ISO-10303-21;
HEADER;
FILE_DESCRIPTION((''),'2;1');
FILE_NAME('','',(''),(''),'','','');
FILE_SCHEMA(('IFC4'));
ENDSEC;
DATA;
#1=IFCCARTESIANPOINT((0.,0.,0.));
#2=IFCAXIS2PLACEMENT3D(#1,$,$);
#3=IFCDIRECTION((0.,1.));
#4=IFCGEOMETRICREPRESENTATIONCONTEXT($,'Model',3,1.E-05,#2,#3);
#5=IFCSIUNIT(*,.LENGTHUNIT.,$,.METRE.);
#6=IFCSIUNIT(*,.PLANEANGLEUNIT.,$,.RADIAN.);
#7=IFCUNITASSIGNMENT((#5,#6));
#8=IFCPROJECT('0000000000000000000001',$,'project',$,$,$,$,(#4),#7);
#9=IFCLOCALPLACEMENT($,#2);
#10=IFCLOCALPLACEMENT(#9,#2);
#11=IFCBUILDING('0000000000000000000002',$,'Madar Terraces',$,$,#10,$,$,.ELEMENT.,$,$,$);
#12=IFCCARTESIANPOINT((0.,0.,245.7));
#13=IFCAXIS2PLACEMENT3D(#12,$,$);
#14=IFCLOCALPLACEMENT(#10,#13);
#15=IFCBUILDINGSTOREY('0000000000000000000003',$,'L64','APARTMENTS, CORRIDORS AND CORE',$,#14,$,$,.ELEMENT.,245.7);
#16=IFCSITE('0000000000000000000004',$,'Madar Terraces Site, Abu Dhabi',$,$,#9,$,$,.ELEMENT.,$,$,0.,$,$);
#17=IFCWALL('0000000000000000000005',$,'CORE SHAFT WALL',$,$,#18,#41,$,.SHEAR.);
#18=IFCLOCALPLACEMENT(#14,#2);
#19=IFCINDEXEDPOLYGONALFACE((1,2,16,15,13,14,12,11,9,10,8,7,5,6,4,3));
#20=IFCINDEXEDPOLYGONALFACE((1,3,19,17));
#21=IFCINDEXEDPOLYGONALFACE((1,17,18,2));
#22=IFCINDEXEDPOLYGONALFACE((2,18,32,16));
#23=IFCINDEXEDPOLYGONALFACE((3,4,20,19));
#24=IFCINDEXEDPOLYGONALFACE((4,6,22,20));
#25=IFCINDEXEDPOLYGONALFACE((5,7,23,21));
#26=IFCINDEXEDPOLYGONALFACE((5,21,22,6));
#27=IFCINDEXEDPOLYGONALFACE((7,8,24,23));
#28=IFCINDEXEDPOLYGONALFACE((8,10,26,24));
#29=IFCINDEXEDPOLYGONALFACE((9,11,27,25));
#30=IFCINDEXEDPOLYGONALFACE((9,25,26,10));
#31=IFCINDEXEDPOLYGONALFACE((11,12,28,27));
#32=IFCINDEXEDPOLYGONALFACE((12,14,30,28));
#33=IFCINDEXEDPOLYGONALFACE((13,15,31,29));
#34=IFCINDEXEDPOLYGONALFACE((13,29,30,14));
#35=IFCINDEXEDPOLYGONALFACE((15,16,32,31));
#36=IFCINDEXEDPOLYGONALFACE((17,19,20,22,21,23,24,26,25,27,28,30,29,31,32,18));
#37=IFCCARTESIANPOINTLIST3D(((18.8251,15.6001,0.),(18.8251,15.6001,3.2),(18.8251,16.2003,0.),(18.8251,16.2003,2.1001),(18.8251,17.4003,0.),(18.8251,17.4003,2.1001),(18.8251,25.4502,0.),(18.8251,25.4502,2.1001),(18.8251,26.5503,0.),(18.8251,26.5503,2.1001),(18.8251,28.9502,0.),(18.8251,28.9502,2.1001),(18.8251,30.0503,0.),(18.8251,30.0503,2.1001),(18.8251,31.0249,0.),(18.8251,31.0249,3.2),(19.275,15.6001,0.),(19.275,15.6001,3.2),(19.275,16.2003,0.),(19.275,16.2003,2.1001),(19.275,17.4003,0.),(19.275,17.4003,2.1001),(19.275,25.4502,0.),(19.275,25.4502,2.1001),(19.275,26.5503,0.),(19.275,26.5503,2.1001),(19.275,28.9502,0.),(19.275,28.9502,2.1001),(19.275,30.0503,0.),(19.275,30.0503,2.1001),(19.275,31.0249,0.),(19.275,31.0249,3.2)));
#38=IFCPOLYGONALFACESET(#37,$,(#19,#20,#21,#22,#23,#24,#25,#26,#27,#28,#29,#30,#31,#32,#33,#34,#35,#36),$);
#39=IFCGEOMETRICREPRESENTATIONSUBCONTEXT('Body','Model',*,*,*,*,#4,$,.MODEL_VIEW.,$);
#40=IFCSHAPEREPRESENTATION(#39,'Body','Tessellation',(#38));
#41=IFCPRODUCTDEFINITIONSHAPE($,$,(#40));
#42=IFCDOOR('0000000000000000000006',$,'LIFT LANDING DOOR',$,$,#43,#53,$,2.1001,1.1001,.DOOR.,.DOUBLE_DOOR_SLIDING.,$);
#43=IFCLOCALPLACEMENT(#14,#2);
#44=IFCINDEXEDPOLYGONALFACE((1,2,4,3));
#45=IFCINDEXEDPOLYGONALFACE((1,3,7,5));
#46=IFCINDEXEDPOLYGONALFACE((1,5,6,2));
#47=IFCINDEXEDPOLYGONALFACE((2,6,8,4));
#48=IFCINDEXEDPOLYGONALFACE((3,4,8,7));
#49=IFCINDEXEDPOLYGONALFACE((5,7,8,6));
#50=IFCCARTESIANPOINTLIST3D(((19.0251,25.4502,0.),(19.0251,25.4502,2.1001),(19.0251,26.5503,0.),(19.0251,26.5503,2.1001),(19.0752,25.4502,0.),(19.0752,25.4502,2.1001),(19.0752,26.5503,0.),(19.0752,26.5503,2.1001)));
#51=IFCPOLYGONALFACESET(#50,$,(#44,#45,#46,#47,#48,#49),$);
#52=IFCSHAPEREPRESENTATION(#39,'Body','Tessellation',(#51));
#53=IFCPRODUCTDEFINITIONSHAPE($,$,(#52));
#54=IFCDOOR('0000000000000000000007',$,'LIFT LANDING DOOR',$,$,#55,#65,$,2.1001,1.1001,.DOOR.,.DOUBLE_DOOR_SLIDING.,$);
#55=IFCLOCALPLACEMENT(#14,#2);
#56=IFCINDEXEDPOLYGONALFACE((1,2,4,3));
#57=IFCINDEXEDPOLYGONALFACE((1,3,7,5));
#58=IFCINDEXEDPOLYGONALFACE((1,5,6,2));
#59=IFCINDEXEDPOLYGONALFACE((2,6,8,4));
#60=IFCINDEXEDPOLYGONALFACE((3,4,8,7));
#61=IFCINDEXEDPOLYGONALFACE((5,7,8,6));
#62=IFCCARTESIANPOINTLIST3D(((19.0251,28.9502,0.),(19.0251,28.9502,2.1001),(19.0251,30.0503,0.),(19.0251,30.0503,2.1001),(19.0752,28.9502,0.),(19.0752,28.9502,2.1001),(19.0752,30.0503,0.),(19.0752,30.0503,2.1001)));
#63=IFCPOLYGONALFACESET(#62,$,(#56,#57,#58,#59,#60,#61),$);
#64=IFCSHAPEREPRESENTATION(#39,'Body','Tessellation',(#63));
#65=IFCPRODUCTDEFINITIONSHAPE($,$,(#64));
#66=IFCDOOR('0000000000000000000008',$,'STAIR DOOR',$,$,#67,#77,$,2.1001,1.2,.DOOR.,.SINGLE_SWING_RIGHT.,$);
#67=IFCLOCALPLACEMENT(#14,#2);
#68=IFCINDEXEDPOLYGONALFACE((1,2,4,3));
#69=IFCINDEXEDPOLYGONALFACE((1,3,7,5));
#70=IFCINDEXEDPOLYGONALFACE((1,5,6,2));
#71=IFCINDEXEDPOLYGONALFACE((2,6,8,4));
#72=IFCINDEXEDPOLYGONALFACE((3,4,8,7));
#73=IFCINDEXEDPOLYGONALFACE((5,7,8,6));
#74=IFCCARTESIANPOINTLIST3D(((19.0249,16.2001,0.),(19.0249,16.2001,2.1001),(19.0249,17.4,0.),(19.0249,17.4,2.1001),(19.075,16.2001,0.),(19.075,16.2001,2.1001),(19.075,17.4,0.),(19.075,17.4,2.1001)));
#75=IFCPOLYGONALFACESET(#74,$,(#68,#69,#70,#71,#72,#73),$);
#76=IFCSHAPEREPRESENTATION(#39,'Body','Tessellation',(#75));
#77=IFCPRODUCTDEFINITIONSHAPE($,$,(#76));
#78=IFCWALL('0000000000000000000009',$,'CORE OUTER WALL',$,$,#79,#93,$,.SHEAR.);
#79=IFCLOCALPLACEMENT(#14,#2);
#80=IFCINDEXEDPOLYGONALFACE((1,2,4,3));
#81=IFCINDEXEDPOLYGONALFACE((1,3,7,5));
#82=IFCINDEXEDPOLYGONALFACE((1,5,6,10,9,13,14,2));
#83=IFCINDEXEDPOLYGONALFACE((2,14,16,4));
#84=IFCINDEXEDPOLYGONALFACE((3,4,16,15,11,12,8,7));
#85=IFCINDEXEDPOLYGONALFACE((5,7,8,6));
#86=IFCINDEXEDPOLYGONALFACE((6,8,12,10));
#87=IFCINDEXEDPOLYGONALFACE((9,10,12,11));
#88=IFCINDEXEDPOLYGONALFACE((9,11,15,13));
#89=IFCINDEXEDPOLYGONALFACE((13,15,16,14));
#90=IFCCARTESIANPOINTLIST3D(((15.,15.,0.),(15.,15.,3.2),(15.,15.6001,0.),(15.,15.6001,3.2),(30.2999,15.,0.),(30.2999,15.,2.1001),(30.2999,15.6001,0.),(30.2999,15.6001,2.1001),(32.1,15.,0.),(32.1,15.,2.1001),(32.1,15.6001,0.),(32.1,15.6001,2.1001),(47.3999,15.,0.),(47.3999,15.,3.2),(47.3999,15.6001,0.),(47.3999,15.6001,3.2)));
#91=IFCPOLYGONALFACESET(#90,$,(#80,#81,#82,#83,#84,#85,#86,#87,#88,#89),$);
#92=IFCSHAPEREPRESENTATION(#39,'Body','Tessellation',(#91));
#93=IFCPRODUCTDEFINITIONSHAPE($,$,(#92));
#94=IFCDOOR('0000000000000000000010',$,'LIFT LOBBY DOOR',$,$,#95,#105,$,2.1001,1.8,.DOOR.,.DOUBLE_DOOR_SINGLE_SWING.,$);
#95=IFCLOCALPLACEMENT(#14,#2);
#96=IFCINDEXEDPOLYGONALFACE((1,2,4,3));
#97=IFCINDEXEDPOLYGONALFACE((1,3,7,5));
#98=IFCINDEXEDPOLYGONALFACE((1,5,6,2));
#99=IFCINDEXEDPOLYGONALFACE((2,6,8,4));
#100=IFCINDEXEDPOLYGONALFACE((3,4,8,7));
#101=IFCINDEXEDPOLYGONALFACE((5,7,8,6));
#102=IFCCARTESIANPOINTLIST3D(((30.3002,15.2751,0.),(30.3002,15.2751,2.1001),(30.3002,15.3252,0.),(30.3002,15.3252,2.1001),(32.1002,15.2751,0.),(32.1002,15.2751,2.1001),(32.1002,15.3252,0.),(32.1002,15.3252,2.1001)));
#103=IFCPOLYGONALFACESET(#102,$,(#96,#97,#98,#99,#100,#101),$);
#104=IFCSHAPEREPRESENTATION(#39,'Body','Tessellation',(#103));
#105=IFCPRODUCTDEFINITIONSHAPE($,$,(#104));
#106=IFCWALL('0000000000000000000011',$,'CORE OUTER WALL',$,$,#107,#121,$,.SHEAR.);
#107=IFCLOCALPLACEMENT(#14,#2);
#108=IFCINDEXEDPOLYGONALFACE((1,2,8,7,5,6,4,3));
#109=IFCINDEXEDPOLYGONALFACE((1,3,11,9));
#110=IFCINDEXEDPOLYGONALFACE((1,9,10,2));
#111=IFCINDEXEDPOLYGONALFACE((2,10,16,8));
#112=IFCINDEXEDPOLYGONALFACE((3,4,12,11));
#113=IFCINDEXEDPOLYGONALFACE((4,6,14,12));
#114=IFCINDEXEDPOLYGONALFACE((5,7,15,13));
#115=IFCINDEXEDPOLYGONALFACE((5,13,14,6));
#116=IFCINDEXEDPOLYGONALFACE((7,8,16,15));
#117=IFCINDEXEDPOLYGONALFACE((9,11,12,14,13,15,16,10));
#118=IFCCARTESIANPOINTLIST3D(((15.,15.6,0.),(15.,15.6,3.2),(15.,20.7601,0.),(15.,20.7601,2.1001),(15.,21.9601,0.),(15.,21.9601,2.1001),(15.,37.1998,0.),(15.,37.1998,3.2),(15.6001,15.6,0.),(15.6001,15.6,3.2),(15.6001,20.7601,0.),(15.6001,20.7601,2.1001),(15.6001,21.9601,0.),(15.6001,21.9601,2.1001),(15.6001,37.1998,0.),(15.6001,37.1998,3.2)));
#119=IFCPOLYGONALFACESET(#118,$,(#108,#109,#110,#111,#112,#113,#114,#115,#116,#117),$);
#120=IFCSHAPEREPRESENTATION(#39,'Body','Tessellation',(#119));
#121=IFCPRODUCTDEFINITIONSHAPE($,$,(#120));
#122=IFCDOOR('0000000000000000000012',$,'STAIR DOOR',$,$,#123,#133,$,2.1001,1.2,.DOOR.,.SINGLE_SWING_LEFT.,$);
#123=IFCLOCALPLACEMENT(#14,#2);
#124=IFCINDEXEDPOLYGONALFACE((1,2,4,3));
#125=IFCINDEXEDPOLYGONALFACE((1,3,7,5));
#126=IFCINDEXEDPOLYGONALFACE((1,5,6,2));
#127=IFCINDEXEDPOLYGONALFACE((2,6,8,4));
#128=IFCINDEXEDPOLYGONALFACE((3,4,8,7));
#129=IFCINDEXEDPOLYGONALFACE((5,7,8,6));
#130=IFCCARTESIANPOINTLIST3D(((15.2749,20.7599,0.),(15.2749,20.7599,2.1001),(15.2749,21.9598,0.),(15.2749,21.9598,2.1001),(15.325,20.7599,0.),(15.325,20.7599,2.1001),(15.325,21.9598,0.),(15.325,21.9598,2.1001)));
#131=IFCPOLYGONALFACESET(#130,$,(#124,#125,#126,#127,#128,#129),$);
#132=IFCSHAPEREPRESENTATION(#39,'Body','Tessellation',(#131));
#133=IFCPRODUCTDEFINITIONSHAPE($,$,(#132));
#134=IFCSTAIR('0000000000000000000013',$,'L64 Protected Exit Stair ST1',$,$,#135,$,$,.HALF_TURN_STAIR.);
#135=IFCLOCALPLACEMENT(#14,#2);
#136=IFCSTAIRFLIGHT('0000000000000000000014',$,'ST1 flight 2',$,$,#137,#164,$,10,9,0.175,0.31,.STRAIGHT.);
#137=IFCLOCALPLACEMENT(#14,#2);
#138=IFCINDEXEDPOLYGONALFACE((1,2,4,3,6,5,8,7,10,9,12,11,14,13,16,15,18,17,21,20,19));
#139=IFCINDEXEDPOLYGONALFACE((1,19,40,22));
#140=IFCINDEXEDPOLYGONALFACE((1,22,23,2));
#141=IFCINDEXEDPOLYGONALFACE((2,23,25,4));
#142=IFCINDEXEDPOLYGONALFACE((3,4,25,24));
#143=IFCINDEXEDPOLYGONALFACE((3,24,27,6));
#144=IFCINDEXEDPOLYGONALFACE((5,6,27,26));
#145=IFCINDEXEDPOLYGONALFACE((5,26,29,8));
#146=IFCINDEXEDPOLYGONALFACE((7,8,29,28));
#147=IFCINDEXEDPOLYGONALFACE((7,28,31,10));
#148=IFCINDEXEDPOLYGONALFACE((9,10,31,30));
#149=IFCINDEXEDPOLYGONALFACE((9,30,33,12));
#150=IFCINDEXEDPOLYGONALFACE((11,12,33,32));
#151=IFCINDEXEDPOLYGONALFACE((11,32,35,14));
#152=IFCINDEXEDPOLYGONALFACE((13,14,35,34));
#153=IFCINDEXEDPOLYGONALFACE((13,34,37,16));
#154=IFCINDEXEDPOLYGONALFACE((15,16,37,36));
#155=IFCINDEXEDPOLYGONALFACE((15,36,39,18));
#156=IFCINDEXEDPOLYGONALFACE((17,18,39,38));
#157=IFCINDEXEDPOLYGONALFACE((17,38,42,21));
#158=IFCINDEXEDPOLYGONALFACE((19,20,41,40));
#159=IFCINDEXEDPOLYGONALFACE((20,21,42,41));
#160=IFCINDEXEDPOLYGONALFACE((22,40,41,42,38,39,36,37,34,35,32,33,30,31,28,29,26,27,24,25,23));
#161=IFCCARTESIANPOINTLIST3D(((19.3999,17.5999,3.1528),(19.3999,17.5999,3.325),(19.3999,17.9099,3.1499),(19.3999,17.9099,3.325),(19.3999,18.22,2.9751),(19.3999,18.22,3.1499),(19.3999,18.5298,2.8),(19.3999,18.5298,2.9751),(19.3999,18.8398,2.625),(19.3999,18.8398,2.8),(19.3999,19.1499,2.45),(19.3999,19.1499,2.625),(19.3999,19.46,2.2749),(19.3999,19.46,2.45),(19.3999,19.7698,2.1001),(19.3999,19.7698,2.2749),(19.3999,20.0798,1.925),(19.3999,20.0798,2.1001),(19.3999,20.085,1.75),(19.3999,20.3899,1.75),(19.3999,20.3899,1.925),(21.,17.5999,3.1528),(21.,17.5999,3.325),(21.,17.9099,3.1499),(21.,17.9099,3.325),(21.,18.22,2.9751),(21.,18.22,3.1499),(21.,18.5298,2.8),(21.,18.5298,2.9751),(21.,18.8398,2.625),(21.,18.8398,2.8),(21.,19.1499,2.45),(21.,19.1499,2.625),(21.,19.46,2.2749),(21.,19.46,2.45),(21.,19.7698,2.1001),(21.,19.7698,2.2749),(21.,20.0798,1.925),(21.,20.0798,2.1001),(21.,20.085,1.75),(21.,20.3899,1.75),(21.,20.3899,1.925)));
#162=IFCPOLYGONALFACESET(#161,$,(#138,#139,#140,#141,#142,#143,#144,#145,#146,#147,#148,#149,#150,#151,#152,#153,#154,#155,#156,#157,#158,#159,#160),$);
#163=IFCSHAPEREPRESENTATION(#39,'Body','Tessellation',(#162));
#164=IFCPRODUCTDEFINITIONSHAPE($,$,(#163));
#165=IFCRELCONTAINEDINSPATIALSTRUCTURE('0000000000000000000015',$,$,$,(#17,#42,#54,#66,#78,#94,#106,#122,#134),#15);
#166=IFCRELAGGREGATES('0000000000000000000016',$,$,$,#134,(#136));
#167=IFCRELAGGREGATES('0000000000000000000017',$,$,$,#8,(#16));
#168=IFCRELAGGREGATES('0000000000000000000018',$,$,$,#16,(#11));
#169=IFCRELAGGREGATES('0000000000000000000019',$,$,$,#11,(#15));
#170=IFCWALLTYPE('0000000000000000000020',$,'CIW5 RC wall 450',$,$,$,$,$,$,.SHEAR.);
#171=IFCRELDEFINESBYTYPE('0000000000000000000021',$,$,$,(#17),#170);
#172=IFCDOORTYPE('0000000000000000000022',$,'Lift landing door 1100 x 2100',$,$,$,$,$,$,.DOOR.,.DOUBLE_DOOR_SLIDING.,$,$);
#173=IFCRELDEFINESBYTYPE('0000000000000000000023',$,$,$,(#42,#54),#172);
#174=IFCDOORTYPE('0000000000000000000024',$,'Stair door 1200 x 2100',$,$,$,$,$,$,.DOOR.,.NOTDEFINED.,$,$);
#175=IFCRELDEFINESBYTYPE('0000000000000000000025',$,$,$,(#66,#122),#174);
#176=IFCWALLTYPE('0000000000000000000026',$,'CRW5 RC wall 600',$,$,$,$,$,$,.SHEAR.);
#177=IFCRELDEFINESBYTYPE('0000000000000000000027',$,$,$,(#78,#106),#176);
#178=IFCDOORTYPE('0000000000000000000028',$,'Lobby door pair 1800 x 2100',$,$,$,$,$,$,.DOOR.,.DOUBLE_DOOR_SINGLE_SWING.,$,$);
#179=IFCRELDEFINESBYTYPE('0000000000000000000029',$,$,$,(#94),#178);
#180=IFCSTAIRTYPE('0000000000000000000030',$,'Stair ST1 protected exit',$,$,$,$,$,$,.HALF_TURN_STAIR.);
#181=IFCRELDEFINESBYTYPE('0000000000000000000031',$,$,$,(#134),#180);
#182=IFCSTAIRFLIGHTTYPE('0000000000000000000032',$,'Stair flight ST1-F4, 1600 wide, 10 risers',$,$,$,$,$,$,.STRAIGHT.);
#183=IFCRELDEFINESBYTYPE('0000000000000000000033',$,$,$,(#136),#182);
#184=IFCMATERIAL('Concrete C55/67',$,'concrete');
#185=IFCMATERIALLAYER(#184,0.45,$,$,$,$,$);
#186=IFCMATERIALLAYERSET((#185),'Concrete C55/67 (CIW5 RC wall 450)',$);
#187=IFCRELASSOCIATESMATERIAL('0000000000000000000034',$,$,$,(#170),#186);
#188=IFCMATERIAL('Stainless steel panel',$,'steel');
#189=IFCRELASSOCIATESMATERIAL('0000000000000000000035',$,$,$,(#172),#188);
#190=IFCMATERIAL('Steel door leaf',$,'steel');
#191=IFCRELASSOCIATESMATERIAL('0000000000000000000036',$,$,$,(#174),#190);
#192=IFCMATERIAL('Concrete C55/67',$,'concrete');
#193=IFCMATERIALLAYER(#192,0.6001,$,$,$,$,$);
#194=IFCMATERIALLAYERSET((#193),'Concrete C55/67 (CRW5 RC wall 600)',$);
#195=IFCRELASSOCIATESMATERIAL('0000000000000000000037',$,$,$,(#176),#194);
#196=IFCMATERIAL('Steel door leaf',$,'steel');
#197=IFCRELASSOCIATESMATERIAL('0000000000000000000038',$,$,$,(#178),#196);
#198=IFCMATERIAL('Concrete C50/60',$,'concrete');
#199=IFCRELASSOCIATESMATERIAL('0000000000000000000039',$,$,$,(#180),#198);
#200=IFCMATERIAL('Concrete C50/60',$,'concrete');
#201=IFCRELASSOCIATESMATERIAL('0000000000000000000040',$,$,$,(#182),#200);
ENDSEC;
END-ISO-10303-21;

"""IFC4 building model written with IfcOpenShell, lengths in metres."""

from ifc_helpers import new_model, si_unit, direction, frame, frame_2d, origin, place, context, subcontext, project, spatial, polyline, rectangle, outline, extrude, material, layer, layer_set, type_object, element, fill, aggregate, save


model = new_model("IFC4")

# Units and contexts
model_context = context("Model", 3, precision=1e-05, world=origin(), true_north=direction((0.0, 1.0)))
body_context = subcontext(model_context, "Body", "Model", "MODEL_VIEW")
ifc_project = project(units=[si_unit("LENGTHUNIT", "METRE"), si_unit("PLANEANGLEUNIT", "RADIAN")], contexts=[model_context])

# Site, building, storey
site_placement = place(None, origin())
site = spatial("IfcSite", under=ifc_project, at=site_placement, Name="Madar Terraces Site, Abu Dhabi", CompositionType="ELEMENT", RefElevation=0.0)
building_placement = place(site_placement, origin())
building = spatial("IfcBuilding", under=site, at=building_placement, Name="Madar Terraces", CompositionType="ELEMENT")
storey_placement = place(building_placement, frame((0.0, 0.0, 245.7)))
storey = spatial("IfcBuildingStorey", under=building, at=storey_placement, Name="L64", Description="APARTMENTS, CORRIDORS AND CORE", CompositionType="ELEMENT", Elevation=245.7)

# Wall, openings, doors
ifc_material_1 = material(Name="Concrete C55/67", Category="concrete")
ifc_layer_1 = layer(ifc_material_1, 0.45)
ifc_layer_set_1 = layer_set([ifc_layer_1], Name="Concrete C55/67 (CIW5 RC wall 450)")
wall_type_1 = type_object("IfcWallType", Name="CIW5 RC wall 450", PredefinedType="SHEAR", material=ifc_layer_set_1)
wall_1_placement = place(storey_placement, frame((19.05, 15.6001, 0.0), z_axis=(0.0, 0.0, 1.0), x_axis=(0.0, 1.0, 0.0)))
wall_1 = element("IfcWall", 1, at=wall_1_placement, inside=storey, type_object=wall_type_1, Name="CORE SHAFT WALL", PredefinedType="SHEAR", context=body_context, shape_type="SweptSolid", body=[
    extrude(rectangle(XDim=15.4248, YDim=0.45, at=frame_2d((7.7124, 0.0))), origin(), (0.0, 0.0, 1.0), 3.2),
])
opening_1_placement = place(wall_1_placement, frame((9.8501, 0.0, 0.0)))
opening_1 = element("IfcOpeningElement", 2, at=opening_1_placement, cuts=wall_1, PredefinedType="OPENING", context=body_context, shape_type="SweptSolid", body=[
    extrude(rectangle(XDim=1.1001, YDim=2.1001, at=frame_2d((0.55, 1.05))), frame((0.0, 0.2349, 0.0), z_axis=(0.0, -1.0, 0.0), x_axis=(1.0, 0.0, 0.0)), (0.0, 0.0, 1.0), 0.47),
])
opening_2_placement = place(wall_1_placement, frame((13.3501, 0.0, 0.0)))
opening_2 = element("IfcOpeningElement", 3, at=opening_2_placement, cuts=wall_1, PredefinedType="OPENING", context=body_context, shape_type="SweptSolid", body=[
    extrude(rectangle(XDim=1.1001, YDim=2.1001, at=frame_2d((0.55, 1.05))), frame((0.0, 0.2349, 0.0), z_axis=(0.0, -1.0, 0.0), x_axis=(1.0, 0.0, 0.0)), (0.0, 0.0, 1.0), 0.47),
])
opening_3_placement = place(wall_1_placement, frame((0.6001, 0.0, 0.0)))
opening_3 = element("IfcOpeningElement", 4, at=opening_3_placement, cuts=wall_1, PredefinedType="OPENING", context=body_context, shape_type="SweptSolid", body=[
    extrude(rectangle(XDim=1.2, YDim=2.1001, at=frame_2d((0.6001, 1.05))), frame((0.0, 0.2349, 0.0), z_axis=(0.0, -1.0, 0.0), x_axis=(1.0, 0.0, 0.0)), (0.0, 0.0, 1.0), 0.47),
])
ifc_material_2 = material(Name="Stainless steel panel", Category="steel")
door_type_1 = type_object("IfcDoorType", Name="Lift landing door 1100 x 2100", OperationType="DOUBLE_DOOR_SLIDING", PredefinedType="DOOR", material=ifc_material_2)
door_1_placement = place(opening_1_placement, origin())
door_1 = element("IfcDoor", 5, at=door_1_placement, inside=storey, type_object=door_type_1, Name="LIFT LANDING DOOR", OperationType="DOUBLE_DOOR_SLIDING", OverallHeight=2.1001, OverallWidth=1.1001, PredefinedType="DOOR", context=body_context, shape_type="SweptSolid", body=[
    extrude(rectangle(XDim=1.1001, YDim=2.1001, at=frame_2d((0.55, 1.05))), frame((0.0, 0.0249, 0.0), z_axis=(0.0, -1.0, 0.0), x_axis=(1.0, 0.0, 0.0)), (0.0, 0.0, 1.0), 0.05),
])
fill(opening_1, door_1)
door_2_placement = place(opening_2_placement, origin())
door_2 = element("IfcDoor", 6, at=door_2_placement, inside=storey, type_object=door_type_1, Name="LIFT LANDING DOOR", OperationType="DOUBLE_DOOR_SLIDING", OverallHeight=2.1001, OverallWidth=1.1001, PredefinedType="DOOR", context=body_context, shape_type="SweptSolid", body=[
    extrude(rectangle(XDim=1.1001, YDim=2.1001, at=frame_2d((0.55, 1.05))), frame((0.0, 0.0249, 0.0), z_axis=(0.0, -1.0, 0.0), x_axis=(1.0, 0.0, 0.0)), (0.0, 0.0, 1.0), 0.05),
])
fill(opening_2, door_2)
ifc_material_3 = material(Name="Steel door leaf", Category="steel")
door_type_2 = type_object("IfcDoorType", Name="Stair door 1200 x 2100", OperationType="NOTDEFINED", PredefinedType="DOOR", material=ifc_material_3)
door_3_placement = place(opening_3_placement, frame((1.2, 0.0, 0.0), z_axis=(0.0, 0.0, 1.0), x_axis=(-1.0, 0.0, 0.0)))
door_3 = element("IfcDoor", 7, at=door_3_placement, inside=storey, type_object=door_type_2, Name="STAIR DOOR", OperationType="SINGLE_SWING_RIGHT", OverallHeight=2.1001, OverallWidth=1.2, PredefinedType="DOOR", context=body_context, shape_type="SweptSolid", body=[
    extrude(rectangle(XDim=1.2, YDim=2.1001, at=frame_2d((0.6001, 1.05))), frame((0.0, 0.0249, 0.0), z_axis=(0.0, -1.0, 0.0), x_axis=(1.0, 0.0, 0.0)), (0.0, 0.0, 1.0), 0.05),
])
fill(opening_3, door_3)

# Walls, openings, doors
ifc_material_4 = material(Name="Concrete C55/67", Category="concrete")
ifc_layer_2 = layer(ifc_material_4, 0.6001)
ifc_layer_set_2 = layer_set([ifc_layer_2], Name="Concrete C55/67 (CRW5 RC wall 600)")
wall_type_2 = type_object("IfcWallType", Name="CRW5 RC wall 600", PredefinedType="SHEAR", material=ifc_layer_set_2)
wall_2_placement = place(storey_placement, frame((15.0, 15.3, 0.0), z_axis=(0.0, 0.0, 1.0), x_axis=(1.0, 0.0, 0.0)))
wall_2 = element("IfcWall", 8, at=wall_2_placement, inside=storey, type_object=wall_type_2, Name="CORE OUTER WALL", PredefinedType="SHEAR", context=body_context, shape_type="SweptSolid", body=[
    extrude(rectangle(XDim=32.3999, YDim=0.6001, at=frame_2d((16.2, 0.0))), origin(), (0.0, 0.0, 1.0), 3.2),
])
opening_4_placement = place(wall_2_placement, frame((15.3, 0.0, 0.0)))
opening_4 = element("IfcOpeningElement", 9, at=opening_4_placement, cuts=wall_2, PredefinedType="OPENING", context=body_context, shape_type="SweptSolid", body=[
    extrude(rectangle(XDim=1.8, YDim=2.1001, at=frame_2d((0.8999, 1.05))), frame((0.0, 0.3101, 0.0), z_axis=(0.0, -1.0, 0.0), x_axis=(1.0, 0.0, 0.0)), (0.0, 0.0, 1.0), 0.6201),
])
ifc_material_5 = material(Name="Steel door leaf", Category="steel")
door_type_3 = type_object("IfcDoorType", Name="Lobby door pair 1800 x 2100", OperationType="DOUBLE_DOOR_SINGLE_SWING", PredefinedType="DOOR", material=ifc_material_5)
door_4_placement = place(opening_4_placement, frame((1.8, 0.0, 0.0), z_axis=(0.0, 0.0, 1.0), x_axis=(-1.0, 0.0, 0.0)))
door_4 = element("IfcDoor", 10, at=door_4_placement, inside=storey, type_object=door_type_3, Name="LIFT LOBBY DOOR", OperationType="DOUBLE_DOOR_SINGLE_SWING", OverallHeight=2.1001, OverallWidth=1.8, PredefinedType="DOOR", context=body_context, shape_type="SweptSolid", body=[
    extrude(rectangle(XDim=1.8, YDim=2.1001, at=frame_2d((0.8999, 1.05))), frame((0.0, 0.0249, 0.0), z_axis=(0.0, -1.0, 0.0), x_axis=(1.0, 0.0, 0.0)), (0.0, 0.0, 1.0), 0.05),
])
fill(opening_4, door_4)
wall_3_placement = place(storey_placement, frame((15.3, 15.6001, 0.0), z_axis=(0.0, 0.0, 1.0), x_axis=(0.0, 1.0, 0.0)))
wall_3 = element("IfcWall", 11, at=wall_3_placement, inside=storey, type_object=wall_type_2, Name="CORE OUTER WALL", PredefinedType="SHEAR", context=body_context, shape_type="SweptSolid", body=[
    extrude(rectangle(XDim=21.5999, YDim=0.6001, at=frame_2d((10.7998, 0.0))), origin(), (0.0, 0.0, 1.0), 3.2),
])
opening_5_placement = place(wall_3_placement, frame((5.1599, 0.0, 0.0)))
opening_5 = element("IfcOpeningElement", 12, at=opening_5_placement, cuts=wall_3, PredefinedType="OPENING", context=body_context, shape_type="SweptSolid", body=[
    extrude(rectangle(XDim=1.2, YDim=2.1001, at=frame_2d((0.6001, 1.05))), frame((0.0, 0.3101, 0.0), z_axis=(0.0, -1.0, 0.0), x_axis=(1.0, 0.0, 0.0)), (0.0, 0.0, 1.0), 0.6201),
])
door_5_placement = place(opening_5_placement, frame((1.2, 0.0, 0.0), z_axis=(0.0, 0.0, 1.0), x_axis=(-1.0, 0.0, 0.0)))
door_5 = element("IfcDoor", 13, at=door_5_placement, inside=storey, type_object=door_type_2, Name="STAIR DOOR", OperationType="SINGLE_SWING_LEFT", OverallHeight=2.1001, OverallWidth=1.2, PredefinedType="DOOR", context=body_context, shape_type="SweptSolid", body=[
    extrude(rectangle(XDim=1.2, YDim=2.1001, at=frame_2d((0.6001, 1.05))), frame((0.0, 0.0249, 0.0), z_axis=(0.0, -1.0, 0.0), x_axis=(1.0, 0.0, 0.0)), (0.0, 0.0, 1.0), 0.05),
])
fill(opening_5, door_5)

# Stair, stair flight
ifc_material_6 = material(Name="Concrete C50/60", Category="concrete")
stair_type = type_object("IfcStairType", Name="Stair ST1 protected exit", PredefinedType="HALF_TURN_STAIR", material=ifc_material_6)
stair_placement = place(storey_placement, origin())
stair = element("IfcStair", 14, at=stair_placement, inside=storey, type_object=stair_type, Name="L64 Protected Exit Stair ST1", PredefinedType="HALF_TURN_STAIR")
ifc_material_7 = material(Name="Concrete C50/60", Category="concrete")
stair_flight_type = type_object("IfcStairFlightType", Name="Stair flight ST1-F4, 1600 wide, 10 risers", PredefinedType="STRAIGHT", material=ifc_material_7)
stair_flight_placement = place(storey_placement, frame((20.2, 20.3899, 1.75), z_axis=(0.0, 0.0, 1.0), x_axis=(0.0, -1.0, 0.0)))
stair_flight = element("IfcStairFlight", 15, at=stair_flight_placement, type_object=stair_flight_type, Name="ST1 flight 2", NumberOfRisers=10, NumberOfTreads=9, PredefinedType="STRAIGHT", RiserHeight=0.175, TreadLength=0.31, context=body_context, shape_type="SweptSolid", body=[
    extrude(outline(polyline([(0.0, 0.0), (0.0, 0.175), (0.3101, 0.175), (0.3101, 0.3501), (0.6201, 0.3501), (0.6201, 0.5249), (0.9299, 0.5249), (0.9299, 0.7), (1.24, 0.7), (1.24, 0.875), (1.55, 0.875), (1.55, 1.05), (1.8601, 1.05), (1.8601, 1.2251), (2.1699, 1.2251), (2.1699, 1.3999), (2.48, 1.3999), (2.48, 1.575), (2.79, 1.575), (2.79, 1.75), (2.79, 1.4028), (0.3049, 0.0), (0.0, 0.0)])), frame((0.0, 0.8, 0.0), z_axis=(0.0, -1.0, 0.0), x_axis=(1.0, 0.0, 0.0)), (0.0, 0.0, 1.0), 1.6001),
])
aggregate(stair, [stair_flight])

save(model, "model.ifc")
